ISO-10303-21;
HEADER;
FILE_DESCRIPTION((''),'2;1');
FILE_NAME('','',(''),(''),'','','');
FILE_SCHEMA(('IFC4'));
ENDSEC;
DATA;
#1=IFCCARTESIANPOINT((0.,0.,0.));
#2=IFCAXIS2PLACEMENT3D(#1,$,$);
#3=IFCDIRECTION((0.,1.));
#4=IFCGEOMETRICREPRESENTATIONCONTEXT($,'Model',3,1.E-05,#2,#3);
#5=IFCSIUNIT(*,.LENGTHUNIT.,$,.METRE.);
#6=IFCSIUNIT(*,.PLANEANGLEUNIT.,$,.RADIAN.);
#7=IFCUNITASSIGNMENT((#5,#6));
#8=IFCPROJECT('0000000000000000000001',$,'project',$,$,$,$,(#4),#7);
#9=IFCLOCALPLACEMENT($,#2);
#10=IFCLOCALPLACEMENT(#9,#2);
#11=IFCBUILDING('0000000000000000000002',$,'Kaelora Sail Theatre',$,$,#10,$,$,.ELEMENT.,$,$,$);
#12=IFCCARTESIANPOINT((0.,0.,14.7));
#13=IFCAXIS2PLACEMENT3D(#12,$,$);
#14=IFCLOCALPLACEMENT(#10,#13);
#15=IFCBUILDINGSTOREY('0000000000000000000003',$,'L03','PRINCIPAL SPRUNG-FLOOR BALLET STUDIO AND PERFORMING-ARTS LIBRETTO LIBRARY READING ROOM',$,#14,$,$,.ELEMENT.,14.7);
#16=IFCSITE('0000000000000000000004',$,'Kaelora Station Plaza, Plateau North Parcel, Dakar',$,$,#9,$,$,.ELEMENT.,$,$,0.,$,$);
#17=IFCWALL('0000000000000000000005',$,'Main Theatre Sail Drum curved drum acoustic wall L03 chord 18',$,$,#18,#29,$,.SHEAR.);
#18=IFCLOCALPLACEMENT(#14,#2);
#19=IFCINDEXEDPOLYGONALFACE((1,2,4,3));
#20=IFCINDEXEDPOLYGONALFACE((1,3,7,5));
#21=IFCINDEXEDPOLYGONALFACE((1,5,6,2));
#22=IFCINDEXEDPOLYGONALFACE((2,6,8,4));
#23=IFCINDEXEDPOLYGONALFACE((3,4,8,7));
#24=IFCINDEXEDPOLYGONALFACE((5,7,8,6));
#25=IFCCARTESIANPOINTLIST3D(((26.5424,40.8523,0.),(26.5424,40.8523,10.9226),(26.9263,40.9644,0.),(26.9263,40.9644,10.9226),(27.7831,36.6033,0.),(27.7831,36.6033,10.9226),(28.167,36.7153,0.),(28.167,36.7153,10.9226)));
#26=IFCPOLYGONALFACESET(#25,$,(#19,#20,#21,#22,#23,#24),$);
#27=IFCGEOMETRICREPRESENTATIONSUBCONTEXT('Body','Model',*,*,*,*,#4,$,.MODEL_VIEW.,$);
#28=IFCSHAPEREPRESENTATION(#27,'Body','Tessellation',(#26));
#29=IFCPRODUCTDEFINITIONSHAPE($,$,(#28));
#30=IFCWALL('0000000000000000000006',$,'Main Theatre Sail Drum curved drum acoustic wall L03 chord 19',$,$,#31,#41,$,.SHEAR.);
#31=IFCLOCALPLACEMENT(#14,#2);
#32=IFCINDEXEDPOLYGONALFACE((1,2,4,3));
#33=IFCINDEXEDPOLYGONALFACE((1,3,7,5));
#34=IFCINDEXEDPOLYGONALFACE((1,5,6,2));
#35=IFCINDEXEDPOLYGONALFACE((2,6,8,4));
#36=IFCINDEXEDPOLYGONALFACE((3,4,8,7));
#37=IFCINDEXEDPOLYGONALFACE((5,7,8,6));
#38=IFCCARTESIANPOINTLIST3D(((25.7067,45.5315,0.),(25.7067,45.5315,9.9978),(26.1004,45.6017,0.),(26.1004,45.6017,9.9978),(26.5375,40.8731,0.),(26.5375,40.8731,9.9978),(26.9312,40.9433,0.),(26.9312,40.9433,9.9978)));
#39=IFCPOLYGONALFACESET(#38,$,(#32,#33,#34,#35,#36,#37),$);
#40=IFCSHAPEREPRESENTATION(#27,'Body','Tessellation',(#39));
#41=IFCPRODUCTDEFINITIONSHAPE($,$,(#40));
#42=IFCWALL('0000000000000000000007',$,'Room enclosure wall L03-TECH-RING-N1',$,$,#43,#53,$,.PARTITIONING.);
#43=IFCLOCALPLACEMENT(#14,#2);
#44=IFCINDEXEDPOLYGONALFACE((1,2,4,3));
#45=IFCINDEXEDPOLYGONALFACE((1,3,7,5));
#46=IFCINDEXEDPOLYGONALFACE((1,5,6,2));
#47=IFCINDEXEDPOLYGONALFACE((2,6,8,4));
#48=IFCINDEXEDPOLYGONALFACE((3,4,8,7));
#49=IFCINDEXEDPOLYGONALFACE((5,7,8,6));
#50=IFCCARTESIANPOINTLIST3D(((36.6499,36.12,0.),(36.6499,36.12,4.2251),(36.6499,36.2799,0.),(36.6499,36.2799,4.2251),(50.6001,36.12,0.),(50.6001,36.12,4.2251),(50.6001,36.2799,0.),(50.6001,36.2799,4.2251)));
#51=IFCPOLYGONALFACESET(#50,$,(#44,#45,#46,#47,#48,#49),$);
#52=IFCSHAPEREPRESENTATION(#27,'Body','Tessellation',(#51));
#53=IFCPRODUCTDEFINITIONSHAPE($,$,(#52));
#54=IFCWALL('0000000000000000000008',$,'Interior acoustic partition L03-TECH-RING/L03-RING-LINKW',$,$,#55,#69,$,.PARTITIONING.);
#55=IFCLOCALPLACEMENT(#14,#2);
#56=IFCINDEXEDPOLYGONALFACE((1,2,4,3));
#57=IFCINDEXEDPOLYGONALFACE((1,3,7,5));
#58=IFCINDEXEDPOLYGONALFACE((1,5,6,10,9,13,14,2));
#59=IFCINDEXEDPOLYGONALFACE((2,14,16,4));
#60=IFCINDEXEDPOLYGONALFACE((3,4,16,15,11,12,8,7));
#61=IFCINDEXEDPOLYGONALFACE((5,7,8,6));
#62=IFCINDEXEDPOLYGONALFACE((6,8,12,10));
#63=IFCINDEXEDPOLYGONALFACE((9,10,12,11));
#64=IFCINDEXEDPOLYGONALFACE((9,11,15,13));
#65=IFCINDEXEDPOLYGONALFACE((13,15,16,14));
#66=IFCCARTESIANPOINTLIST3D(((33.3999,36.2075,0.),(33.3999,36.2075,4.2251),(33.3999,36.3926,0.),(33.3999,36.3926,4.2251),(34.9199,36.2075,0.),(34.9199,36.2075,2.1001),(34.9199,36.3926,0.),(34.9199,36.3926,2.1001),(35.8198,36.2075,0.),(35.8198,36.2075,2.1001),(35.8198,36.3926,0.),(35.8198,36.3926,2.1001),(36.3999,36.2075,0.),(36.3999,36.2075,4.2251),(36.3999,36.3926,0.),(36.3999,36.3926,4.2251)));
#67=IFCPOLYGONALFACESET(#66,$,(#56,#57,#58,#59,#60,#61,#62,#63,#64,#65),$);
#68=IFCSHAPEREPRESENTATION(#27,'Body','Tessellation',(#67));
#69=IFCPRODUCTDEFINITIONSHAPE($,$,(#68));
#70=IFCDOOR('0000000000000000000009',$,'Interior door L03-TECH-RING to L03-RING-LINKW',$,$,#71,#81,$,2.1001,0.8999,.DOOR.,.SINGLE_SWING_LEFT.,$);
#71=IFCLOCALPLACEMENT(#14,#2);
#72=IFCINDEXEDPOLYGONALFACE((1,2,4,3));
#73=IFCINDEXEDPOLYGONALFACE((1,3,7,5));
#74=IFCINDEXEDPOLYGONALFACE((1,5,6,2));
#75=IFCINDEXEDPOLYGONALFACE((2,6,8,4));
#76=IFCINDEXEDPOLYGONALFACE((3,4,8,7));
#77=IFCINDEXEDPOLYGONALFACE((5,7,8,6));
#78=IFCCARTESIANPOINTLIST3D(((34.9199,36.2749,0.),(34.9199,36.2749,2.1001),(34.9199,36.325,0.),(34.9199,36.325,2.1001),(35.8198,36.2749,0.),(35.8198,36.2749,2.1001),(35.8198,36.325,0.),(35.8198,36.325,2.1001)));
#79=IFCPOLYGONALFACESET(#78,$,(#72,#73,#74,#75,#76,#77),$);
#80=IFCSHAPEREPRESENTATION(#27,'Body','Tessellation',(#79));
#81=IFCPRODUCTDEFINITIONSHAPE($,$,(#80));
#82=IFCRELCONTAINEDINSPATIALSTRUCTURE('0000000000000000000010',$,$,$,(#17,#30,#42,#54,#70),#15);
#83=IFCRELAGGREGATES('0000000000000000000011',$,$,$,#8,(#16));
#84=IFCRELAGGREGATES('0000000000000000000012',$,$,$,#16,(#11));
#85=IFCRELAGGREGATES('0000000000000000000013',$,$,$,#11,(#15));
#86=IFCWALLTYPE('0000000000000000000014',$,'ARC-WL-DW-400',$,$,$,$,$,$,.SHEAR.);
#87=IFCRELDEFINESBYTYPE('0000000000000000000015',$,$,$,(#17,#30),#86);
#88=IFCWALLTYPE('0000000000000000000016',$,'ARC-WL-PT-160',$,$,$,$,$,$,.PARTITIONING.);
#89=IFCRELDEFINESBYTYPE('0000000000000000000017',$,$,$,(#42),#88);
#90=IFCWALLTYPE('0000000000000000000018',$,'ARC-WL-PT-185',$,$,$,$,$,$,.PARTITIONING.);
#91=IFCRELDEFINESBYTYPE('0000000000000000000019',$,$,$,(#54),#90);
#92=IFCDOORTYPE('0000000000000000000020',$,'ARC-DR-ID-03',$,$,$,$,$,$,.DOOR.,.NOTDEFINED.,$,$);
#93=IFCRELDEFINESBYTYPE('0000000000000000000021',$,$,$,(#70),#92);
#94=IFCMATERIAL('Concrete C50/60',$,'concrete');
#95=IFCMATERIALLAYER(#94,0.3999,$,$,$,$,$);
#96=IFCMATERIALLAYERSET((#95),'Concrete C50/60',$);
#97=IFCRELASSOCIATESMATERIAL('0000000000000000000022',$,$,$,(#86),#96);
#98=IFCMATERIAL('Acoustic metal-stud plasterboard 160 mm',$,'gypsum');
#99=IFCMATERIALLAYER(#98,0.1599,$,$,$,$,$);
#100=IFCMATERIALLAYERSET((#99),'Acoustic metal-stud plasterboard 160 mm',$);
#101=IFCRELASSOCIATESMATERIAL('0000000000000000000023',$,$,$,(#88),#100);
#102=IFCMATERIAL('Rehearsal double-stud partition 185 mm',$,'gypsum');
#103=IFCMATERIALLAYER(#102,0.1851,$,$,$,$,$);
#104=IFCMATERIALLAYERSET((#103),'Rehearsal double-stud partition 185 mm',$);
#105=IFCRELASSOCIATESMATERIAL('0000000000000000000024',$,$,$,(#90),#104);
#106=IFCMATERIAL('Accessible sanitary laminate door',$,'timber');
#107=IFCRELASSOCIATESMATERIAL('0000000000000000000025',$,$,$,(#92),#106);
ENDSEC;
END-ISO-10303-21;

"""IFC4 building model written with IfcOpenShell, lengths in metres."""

from ifc_helpers import new_model, si_unit, direction, frame, frame_2d, origin, place, context, subcontext, project, spatial, rectangle, extrude, material, layer, layer_set, type_object, element, fill, save


model = new_model("IFC4")

# Units and contexts
model_context = context("Model", 3, precision=1e-05, world=origin(), true_north=direction((0.0, 1.0)))
body_context = subcontext(model_context, "Body", "Model", "MODEL_VIEW")
ifc_project = project(units=[si_unit("LENGTHUNIT", "METRE"), si_unit("PLANEANGLEUNIT", "RADIAN")], contexts=[model_context])

# Site, building, storey
site_placement = place(None, origin())
site = spatial("IfcSite", under=ifc_project, at=site_placement, Name="Kaelora Station Plaza, Plateau North Parcel, Dakar", CompositionType="ELEMENT", RefElevation=0.0)
building_placement = place(site_placement, origin())
building = spatial("IfcBuilding", under=site, at=building_placement, Name="Kaelora Sail Theatre", CompositionType="ELEMENT")
storey_placement = place(building_placement, frame((0.0, 0.0, 14.7)))
storey = spatial("IfcBuildingStorey", under=building, at=storey_placement, Name="L03", Description="PRINCIPAL SPRUNG-FLOOR BALLET STUDIO AND PERFORMING-ARTS LIBRETTO LIBRARY READING ROOM", CompositionType="ELEMENT", Elevation=14.7)

# Walls
ifc_material_1 = material(Name="Concrete C50/60", Category="concrete")
ifc_layer_1 = layer(ifc_material_1, 0.3999)
ifc_layer_set_1 = layer_set([ifc_layer_1], Name="Concrete C50/60")
wall_type_1 = type_object("IfcWallType", Name="ARC-WL-DW-400", PredefinedType="SHEAR", material=ifc_layer_set_1)
wall_1_placement = place(storey_placement, frame((27.9751, 36.6592, 0.0), z_axis=(0.0, 0.0, 1.0), x_axis=(-0.280296, 0.959913, 0.0)))
element("IfcWall", 1, at=wall_1_placement, inside=storey, type_object=wall_type_1, Name="Main Theatre Sail Drum curved drum acoustic wall L03 chord 18", PredefinedType="SHEAR", context=body_context, shape_type="SweptSolid", body=[
    extrude(rectangle(XDim=4.4265, YDim=0.3999, at=frame_2d((2.2134, 0.0))), origin(), (0.0, 0.0, 1.0), 10.9226),
])
wall_2_placement = place(storey_placement, frame((26.7344, 40.9082, 0.0), z_axis=(0.0, 0.0, 1.0), x_axis=(-0.175575, 0.984466, 0.0)))
element("IfcWall", 2, at=wall_2_placement, inside=storey, type_object=wall_type_1, Name="Main Theatre Sail Drum curved drum acoustic wall L03 chord 19", PredefinedType="SHEAR", context=body_context, shape_type="SweptSolid", body=[
    extrude(rectangle(XDim=4.7319, YDim=0.3999, at=frame_2d((2.366, 0.0))), origin(), (0.0, 0.0, 1.0), 9.9978),
])
ifc_material_2 = material(Name="Acoustic metal-stud plasterboard 160 mm", Category="gypsum")
ifc_layer_2 = layer(ifc_material_2, 0.1599)
ifc_layer_set_2 = layer_set([ifc_layer_2], Name="Acoustic metal-stud plasterboard 160 mm")
wall_type_2 = type_object("IfcWallType", Name="ARC-WL-PT-160", PredefinedType="PARTITIONING", material=ifc_layer_set_2)
wall_3_placement = place(storey_placement, frame((36.6499, 36.2, 0.0), z_axis=(0.0, 0.0, 1.0), x_axis=(1.0, 0.0, 0.0)))
element("IfcWall", 3, at=wall_3_placement, inside=storey, type_object=wall_type_2, Name="Room enclosure wall L03-TECH-RING-N1", PredefinedType="PARTITIONING", context=body_context, shape_type="SweptSolid", body=[
    extrude(rectangle(XDim=13.9502, YDim=0.1599, at=frame_2d((6.9751, 0.0))), origin(), (0.0, 0.0, 1.0), 4.2251),
])

# Wall, opening, door
ifc_material_3 = material(Name="Rehearsal double-stud partition 185 mm", Category="gypsum")
ifc_layer_3 = layer(ifc_material_3, 0.1851)
ifc_layer_set_3 = layer_set([ifc_layer_3], Name="Rehearsal double-stud partition 185 mm")
wall_type_3 = type_object("IfcWallType", Name="ARC-WL-PT-185", PredefinedType="PARTITIONING", material=ifc_layer_set_3)
wall_4_placement = place(storey_placement, frame((33.3999, 36.3, 0.0), z_axis=(0.0, 0.0, 1.0), x_axis=(1.0, 0.0, 0.0)))
wall_4 = element("IfcWall", 4, at=wall_4_placement, inside=storey, type_object=wall_type_3, Name="Interior acoustic partition L03-TECH-RING/L03-RING-LINKW", PredefinedType="PARTITIONING", context=body_context, shape_type="SweptSolid", body=[
    extrude(rectangle(XDim=3.0, YDim=0.1851, at=frame_2d((1.5, 0.0))), origin(), (0.0, 0.0, 1.0), 4.2251),
])
opening_placement = place(wall_4_placement, frame((1.52, 0.0, 0.0)))
opening = element("IfcOpeningElement", 5, at=opening_placement, cuts=wall_4, PredefinedType="OPENING", context=body_context, shape_type="SweptSolid", body=[
    extrude(rectangle(XDim=0.8999, YDim=2.1001, at=frame_2d((0.45, 1.05))), frame((0.0, 0.1025, 0.0), z_axis=(0.0, -1.0, 0.0), x_axis=(1.0, 0.0, 0.0)), (0.0, 0.0, 1.0), 0.2051),
])
ifc_material_4 = material(Name="Accessible sanitary laminate door", Category="timber")
door_type = type_object("IfcDoorType", Name="ARC-DR-ID-03", OperationType="NOTDEFINED", PredefinedType="DOOR", material=ifc_material_4)
door_placement = place(opening_placement, origin())
door = element("IfcDoor", 6, at=door_placement, inside=storey, type_object=door_type, Name="Interior door L03-TECH-RING to L03-RING-LINKW", OperationType="SINGLE_SWING_LEFT", OverallHeight=2.1001, OverallWidth=0.8999, PredefinedType="DOOR", context=body_context, shape_type="SweptSolid", body=[
    extrude(rectangle(XDim=0.8999, YDim=2.1001, at=frame_2d((0.45, 1.05))), frame((0.0, 0.0249, 0.0), z_axis=(0.0, -1.0, 0.0), x_axis=(1.0, 0.0, 0.0)), (0.0, 0.0, 1.0), 0.05),
])
fill(opening, door)

save(model, "model.ifc")
